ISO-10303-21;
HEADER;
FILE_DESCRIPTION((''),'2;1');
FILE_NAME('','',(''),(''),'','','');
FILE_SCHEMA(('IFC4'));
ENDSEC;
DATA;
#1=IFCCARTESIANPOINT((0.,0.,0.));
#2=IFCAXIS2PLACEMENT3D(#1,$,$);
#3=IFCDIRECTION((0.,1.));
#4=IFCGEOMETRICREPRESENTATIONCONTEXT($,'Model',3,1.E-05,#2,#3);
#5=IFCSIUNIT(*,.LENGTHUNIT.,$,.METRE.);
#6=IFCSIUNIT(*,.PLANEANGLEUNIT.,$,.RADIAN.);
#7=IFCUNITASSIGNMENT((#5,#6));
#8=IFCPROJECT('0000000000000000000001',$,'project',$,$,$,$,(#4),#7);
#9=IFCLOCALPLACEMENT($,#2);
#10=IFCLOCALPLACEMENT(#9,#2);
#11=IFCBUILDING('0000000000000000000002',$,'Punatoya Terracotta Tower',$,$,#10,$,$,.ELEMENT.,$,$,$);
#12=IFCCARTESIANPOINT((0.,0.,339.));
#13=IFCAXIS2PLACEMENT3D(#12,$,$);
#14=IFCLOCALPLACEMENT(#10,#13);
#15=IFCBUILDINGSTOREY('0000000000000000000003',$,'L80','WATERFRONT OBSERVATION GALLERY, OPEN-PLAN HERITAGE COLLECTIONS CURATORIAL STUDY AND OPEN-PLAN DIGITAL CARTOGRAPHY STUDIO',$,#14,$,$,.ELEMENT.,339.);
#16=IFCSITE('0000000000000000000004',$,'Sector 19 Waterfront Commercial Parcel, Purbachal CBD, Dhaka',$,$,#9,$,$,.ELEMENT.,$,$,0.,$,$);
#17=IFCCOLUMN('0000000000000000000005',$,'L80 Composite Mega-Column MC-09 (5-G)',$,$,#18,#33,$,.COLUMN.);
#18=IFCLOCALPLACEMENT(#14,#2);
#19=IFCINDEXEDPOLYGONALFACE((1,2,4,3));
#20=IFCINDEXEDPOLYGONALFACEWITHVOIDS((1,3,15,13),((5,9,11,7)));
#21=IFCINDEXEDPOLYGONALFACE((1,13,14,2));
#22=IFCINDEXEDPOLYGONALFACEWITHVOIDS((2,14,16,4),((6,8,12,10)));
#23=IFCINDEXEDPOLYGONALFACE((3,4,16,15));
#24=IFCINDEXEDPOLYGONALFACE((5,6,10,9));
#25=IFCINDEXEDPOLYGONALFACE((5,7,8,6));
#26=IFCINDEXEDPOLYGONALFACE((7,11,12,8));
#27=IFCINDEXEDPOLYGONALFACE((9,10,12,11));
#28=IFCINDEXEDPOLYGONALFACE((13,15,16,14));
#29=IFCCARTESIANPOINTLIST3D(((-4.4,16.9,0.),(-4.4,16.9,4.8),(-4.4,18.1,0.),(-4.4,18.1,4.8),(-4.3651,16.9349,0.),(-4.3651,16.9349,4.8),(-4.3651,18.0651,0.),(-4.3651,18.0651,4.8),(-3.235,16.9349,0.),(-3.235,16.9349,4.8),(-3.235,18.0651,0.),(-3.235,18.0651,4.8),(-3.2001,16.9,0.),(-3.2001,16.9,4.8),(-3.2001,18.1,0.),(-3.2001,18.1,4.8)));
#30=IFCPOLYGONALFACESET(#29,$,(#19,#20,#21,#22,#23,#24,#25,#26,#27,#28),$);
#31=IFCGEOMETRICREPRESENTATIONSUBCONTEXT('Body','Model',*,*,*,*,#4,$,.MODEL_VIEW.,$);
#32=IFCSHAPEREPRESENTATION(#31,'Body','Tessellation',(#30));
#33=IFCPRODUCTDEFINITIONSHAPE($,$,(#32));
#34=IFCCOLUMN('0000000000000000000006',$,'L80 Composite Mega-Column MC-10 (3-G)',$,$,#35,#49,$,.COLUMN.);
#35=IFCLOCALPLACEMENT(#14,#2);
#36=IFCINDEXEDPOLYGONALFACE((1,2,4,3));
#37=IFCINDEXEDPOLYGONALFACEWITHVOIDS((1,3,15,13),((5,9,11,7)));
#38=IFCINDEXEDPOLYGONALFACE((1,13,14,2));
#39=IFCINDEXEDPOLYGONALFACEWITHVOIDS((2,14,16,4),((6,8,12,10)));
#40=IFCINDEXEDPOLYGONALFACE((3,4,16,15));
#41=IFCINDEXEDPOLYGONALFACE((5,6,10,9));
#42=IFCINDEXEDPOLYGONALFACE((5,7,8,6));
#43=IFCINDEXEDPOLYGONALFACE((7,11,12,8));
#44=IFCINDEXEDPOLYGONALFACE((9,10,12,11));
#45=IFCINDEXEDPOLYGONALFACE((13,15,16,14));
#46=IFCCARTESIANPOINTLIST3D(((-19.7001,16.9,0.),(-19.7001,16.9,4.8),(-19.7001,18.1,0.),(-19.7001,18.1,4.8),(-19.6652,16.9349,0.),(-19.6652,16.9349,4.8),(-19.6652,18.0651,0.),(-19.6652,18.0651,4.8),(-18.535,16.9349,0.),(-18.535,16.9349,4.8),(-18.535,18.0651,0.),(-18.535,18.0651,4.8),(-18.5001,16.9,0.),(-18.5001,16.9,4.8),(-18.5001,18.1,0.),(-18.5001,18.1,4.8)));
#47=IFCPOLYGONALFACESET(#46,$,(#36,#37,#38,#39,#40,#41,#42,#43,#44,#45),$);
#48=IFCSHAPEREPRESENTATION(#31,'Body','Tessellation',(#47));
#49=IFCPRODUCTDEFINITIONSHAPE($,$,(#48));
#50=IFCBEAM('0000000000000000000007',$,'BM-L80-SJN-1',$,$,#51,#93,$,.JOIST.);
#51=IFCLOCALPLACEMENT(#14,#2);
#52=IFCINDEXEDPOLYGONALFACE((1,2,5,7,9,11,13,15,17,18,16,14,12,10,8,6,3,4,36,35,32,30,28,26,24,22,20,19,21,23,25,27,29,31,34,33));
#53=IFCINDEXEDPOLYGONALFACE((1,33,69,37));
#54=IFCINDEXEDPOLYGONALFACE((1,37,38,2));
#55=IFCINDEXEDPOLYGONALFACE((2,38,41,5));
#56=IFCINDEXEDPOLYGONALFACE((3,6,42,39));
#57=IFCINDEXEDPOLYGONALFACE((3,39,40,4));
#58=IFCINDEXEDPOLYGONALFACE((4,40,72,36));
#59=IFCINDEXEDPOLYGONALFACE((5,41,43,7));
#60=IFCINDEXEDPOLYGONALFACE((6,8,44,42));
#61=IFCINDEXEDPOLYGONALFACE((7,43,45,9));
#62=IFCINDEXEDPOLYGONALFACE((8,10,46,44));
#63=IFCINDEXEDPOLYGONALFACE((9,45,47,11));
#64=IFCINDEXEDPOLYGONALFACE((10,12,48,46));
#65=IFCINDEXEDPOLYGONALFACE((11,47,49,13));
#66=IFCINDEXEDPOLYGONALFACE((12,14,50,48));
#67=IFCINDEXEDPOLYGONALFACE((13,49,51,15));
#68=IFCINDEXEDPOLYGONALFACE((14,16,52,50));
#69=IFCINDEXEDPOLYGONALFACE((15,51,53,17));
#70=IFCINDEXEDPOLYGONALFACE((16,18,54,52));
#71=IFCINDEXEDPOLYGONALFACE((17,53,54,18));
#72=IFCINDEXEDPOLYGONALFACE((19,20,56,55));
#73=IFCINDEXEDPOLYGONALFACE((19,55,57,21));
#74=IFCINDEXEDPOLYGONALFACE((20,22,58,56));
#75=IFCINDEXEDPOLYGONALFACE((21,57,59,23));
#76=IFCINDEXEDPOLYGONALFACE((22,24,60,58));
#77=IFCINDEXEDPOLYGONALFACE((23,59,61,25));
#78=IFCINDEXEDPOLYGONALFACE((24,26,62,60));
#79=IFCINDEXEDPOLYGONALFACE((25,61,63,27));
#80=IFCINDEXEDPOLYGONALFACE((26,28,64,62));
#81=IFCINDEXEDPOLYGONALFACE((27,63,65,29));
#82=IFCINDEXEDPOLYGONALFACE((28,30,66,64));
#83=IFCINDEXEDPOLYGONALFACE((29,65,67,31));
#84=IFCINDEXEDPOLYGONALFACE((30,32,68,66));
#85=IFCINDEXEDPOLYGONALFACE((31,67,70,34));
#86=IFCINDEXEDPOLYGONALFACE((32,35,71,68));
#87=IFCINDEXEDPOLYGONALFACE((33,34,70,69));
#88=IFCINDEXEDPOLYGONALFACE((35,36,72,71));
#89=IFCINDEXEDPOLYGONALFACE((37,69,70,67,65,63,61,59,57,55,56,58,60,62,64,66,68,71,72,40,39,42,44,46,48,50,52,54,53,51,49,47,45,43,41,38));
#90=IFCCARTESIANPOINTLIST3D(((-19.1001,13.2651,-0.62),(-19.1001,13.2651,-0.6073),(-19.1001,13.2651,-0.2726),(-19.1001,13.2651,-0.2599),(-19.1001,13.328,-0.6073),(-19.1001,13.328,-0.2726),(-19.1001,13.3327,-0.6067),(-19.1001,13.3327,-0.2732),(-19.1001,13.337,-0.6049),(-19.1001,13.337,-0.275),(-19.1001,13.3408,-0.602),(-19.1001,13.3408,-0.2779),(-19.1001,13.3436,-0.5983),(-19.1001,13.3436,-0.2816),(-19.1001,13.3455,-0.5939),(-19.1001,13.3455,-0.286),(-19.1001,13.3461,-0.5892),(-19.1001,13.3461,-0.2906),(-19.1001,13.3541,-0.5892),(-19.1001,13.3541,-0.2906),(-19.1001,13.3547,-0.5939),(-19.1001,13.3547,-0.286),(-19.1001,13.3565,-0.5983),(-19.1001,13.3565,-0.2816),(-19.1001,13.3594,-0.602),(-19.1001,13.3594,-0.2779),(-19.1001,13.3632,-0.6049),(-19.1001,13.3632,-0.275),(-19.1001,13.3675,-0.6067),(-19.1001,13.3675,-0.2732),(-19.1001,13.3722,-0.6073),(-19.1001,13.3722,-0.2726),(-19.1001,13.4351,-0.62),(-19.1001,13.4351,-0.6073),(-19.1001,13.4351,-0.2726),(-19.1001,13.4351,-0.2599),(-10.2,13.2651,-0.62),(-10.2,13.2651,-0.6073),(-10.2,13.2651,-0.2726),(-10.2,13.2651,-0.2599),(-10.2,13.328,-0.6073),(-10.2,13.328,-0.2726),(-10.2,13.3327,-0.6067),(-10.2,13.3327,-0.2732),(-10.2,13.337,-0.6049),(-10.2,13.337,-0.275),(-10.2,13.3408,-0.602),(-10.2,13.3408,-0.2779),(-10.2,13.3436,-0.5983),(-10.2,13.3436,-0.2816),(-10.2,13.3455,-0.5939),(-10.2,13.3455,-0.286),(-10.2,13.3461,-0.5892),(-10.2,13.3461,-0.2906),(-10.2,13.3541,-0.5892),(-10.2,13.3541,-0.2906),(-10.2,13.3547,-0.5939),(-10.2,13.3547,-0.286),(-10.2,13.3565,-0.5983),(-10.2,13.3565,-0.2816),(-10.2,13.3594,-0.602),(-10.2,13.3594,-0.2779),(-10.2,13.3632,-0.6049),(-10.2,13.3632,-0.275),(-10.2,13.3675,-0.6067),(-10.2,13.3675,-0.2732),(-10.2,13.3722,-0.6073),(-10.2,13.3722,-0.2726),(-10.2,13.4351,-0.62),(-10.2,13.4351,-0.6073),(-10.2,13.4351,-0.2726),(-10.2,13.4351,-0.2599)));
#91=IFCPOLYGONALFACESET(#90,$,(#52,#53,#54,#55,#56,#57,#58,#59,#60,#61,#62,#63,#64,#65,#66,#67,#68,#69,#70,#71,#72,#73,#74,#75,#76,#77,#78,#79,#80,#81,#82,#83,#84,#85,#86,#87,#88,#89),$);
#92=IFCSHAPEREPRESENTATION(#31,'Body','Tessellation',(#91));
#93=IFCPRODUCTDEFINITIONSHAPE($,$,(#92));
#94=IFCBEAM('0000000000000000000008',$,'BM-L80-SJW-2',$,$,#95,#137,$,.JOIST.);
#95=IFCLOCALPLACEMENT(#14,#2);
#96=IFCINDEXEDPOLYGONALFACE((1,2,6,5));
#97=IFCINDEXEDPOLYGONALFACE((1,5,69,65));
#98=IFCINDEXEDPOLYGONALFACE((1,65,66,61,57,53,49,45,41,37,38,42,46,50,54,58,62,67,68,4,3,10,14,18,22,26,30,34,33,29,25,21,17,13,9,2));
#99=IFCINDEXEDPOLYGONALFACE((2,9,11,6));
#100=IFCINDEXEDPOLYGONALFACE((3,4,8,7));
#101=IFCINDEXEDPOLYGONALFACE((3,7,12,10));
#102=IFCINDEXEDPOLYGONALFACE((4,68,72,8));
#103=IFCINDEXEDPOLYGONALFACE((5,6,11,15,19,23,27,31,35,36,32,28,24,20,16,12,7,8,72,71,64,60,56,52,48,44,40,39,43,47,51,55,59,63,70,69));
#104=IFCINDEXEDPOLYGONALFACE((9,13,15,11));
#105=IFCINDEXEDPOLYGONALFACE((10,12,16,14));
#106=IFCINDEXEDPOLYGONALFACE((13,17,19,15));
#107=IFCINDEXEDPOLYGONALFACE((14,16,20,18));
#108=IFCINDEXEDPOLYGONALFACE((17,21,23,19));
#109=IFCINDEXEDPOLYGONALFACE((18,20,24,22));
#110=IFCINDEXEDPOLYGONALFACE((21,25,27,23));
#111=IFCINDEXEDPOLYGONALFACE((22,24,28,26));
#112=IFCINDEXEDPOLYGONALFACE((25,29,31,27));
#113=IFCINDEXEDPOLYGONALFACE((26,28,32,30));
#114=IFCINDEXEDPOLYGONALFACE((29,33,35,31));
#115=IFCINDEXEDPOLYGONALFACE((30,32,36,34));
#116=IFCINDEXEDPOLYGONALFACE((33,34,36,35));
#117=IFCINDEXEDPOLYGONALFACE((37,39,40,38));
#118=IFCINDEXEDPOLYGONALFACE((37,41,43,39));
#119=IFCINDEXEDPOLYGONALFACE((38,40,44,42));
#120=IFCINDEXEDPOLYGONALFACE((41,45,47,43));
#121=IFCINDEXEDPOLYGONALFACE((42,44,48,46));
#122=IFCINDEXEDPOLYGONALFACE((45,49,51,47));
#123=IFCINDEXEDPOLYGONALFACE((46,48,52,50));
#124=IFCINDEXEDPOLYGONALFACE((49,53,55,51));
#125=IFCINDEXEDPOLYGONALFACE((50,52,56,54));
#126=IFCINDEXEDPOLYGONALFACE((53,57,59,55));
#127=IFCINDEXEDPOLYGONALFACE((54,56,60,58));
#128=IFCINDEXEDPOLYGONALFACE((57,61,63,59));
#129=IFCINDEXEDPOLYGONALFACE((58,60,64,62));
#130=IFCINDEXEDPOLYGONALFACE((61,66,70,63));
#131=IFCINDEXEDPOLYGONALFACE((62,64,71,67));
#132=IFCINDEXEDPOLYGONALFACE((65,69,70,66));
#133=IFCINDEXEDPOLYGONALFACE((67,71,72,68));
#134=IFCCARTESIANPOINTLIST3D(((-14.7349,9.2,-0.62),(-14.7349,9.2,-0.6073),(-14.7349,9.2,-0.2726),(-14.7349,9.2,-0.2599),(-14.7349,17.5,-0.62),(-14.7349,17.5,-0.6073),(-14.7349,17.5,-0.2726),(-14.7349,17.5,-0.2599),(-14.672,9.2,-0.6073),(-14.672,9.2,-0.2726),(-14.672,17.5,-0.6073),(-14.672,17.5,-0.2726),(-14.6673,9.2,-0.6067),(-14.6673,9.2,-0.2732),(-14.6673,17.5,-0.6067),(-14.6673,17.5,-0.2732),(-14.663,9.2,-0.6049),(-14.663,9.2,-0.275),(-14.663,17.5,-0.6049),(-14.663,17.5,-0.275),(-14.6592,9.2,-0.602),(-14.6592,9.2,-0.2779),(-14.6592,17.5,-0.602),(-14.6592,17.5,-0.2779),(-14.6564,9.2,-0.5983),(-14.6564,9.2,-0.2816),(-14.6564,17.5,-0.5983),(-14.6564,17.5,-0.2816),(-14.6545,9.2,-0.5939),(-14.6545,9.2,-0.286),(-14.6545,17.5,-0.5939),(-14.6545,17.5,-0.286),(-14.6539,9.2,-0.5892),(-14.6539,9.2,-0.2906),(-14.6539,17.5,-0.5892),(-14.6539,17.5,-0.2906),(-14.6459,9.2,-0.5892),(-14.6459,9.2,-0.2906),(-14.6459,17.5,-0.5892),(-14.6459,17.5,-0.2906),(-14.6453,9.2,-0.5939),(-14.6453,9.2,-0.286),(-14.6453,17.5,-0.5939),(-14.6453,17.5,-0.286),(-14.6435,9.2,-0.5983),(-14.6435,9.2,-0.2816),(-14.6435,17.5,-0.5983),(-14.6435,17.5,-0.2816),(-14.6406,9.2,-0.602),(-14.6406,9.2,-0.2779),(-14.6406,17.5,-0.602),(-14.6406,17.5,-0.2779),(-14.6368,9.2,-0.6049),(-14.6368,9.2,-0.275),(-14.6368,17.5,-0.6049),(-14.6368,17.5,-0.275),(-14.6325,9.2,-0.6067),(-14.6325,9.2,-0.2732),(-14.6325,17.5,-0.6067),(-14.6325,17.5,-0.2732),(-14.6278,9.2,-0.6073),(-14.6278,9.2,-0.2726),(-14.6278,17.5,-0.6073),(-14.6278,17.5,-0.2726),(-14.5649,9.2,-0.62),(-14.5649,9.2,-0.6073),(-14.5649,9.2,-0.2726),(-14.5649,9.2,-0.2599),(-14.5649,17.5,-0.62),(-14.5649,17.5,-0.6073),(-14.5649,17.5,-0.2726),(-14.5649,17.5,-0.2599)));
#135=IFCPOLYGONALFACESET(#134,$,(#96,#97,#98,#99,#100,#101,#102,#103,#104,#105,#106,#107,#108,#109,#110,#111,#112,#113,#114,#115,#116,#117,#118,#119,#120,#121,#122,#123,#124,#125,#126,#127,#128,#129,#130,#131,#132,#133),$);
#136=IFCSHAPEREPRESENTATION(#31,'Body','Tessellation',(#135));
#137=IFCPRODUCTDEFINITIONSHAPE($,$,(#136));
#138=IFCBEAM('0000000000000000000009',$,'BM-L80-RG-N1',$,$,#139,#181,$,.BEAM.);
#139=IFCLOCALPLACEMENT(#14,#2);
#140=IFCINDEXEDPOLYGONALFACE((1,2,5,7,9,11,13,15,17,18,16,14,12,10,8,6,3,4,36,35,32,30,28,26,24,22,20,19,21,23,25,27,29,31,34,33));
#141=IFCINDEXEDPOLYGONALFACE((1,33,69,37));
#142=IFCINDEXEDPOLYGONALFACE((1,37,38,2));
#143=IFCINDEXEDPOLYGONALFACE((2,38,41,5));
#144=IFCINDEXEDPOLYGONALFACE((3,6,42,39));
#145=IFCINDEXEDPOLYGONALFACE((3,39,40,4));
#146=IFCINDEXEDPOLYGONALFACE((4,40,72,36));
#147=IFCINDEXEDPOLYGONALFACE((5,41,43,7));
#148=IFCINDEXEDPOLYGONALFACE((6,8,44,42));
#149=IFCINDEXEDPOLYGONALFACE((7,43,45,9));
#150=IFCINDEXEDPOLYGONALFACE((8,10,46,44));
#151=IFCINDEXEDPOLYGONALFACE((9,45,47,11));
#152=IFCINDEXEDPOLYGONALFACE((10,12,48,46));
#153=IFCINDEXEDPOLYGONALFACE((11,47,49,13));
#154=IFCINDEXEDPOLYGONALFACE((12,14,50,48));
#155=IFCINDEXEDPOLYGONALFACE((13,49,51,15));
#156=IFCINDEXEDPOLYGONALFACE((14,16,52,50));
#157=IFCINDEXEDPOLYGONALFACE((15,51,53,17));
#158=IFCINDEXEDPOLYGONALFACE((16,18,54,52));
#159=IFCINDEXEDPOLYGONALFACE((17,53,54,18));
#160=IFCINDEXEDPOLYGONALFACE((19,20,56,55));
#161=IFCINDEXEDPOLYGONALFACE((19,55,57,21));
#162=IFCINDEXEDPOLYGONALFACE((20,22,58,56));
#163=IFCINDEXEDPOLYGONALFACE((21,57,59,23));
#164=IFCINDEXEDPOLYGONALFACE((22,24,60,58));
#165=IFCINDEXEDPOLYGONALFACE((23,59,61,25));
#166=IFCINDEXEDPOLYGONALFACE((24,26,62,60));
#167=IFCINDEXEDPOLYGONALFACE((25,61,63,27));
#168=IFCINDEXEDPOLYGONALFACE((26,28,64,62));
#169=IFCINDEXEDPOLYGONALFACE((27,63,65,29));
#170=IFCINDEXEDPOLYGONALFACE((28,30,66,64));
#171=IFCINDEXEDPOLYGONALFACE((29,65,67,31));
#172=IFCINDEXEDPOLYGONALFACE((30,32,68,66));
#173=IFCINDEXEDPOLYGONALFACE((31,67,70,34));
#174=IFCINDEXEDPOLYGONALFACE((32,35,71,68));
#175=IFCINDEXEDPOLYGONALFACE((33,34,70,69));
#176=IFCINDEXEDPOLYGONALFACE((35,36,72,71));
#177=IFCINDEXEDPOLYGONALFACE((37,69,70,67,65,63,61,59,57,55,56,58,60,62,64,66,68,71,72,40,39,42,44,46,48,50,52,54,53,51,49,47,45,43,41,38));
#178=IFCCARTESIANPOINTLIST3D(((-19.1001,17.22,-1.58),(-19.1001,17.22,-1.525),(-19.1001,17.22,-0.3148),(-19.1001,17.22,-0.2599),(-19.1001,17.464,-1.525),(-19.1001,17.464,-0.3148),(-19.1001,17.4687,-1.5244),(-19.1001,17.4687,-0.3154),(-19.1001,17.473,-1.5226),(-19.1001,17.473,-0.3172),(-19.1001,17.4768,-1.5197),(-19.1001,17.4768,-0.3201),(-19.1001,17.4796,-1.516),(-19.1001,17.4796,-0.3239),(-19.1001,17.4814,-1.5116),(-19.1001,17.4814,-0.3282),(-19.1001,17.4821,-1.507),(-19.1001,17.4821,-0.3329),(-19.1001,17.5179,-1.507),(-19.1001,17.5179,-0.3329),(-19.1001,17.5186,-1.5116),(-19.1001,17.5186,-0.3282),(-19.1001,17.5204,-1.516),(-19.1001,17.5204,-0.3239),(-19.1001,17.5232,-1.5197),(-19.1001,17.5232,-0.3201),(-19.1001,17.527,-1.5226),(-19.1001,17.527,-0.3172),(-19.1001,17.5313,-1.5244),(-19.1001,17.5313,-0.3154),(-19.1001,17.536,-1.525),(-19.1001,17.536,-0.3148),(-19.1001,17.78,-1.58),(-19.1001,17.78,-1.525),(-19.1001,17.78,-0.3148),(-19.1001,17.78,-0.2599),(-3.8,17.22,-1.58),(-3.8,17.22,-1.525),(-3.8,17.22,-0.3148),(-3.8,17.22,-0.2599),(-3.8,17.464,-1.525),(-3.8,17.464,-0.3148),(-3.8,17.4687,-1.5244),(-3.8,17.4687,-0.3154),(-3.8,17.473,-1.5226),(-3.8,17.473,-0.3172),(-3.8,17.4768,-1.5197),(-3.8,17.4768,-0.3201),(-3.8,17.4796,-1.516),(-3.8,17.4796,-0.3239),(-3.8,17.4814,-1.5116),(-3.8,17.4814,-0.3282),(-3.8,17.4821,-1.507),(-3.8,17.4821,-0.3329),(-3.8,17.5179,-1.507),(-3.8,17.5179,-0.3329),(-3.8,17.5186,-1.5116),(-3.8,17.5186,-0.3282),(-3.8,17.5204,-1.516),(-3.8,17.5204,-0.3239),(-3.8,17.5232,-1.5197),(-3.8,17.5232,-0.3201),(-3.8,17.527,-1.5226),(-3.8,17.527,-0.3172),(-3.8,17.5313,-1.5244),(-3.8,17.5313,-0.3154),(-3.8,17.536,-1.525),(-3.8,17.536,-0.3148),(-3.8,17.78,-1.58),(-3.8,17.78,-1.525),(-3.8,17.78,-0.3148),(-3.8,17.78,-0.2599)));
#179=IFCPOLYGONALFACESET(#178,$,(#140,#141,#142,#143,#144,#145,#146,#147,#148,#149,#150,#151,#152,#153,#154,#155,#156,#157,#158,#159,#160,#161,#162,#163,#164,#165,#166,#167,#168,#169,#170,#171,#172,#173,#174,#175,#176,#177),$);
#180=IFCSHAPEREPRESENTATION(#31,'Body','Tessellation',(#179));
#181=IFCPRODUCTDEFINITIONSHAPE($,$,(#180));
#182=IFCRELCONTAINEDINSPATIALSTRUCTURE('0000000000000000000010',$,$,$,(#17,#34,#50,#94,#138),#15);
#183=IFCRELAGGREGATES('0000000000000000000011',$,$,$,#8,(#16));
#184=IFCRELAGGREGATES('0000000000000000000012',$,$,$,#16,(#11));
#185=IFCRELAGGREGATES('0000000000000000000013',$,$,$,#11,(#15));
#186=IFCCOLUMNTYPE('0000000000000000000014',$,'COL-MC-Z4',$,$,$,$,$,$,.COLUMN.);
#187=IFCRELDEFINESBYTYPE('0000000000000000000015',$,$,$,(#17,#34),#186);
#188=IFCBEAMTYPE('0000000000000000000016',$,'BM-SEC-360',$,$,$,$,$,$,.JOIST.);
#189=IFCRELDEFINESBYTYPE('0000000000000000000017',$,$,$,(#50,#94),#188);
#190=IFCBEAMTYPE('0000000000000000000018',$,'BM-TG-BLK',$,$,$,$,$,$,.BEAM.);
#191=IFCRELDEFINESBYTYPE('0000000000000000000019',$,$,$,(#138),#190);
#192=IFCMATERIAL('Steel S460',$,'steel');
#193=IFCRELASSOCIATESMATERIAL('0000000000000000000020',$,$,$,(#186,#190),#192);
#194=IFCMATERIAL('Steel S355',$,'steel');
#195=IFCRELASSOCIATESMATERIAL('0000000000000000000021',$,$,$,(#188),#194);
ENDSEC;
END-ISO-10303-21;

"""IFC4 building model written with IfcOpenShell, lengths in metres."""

from ifc_helpers import new_model, si_unit, direction, frame, origin, origin_2d, place, context, subcontext, project, spatial, hollow_rectangle, i_section, extrude, material, material_profile, profile_set, type_object, element, save


model = new_model("IFC4")

# Units and contexts
model_context = context("Model", 3, precision=1e-05, world=origin(), true_north=direction((0.0, 1.0)))
body_context = subcontext(model_context, "Body", "Model", "MODEL_VIEW")
ifc_project = project(units=[si_unit("LENGTHUNIT", "METRE"), si_unit("PLANEANGLEUNIT", "RADIAN")], contexts=[model_context])

# Site, building, storey
site_placement = place(None, origin())
site = spatial("IfcSite", under=ifc_project, at=site_placement, Name="Sector 19 Waterfront Commercial Parcel, Purbachal CBD, Dhaka", CompositionType="ELEMENT", RefElevation=0.0)
building_placement = place(site_placement, origin())
building = spatial("IfcBuilding", under=site, at=building_placement, Name="Punatoya Terracotta Tower", CompositionType="ELEMENT")
storey_placement = place(building_placement, frame((0.0, 0.0, 339.0)))
storey = spatial("IfcBuildingStorey", under=building, at=storey_placement, Name="L80", Description="WATERFRONT OBSERVATION GALLERY, OPEN-PLAN HERITAGE COLLECTIONS CURATORIAL STUDY AND OPEN-PLAN DIGITAL CARTOGRAPHY STUDIO", CompositionType="ELEMENT", Elevation=339.0)

# Columns
ifc_material_1 = material(Name="Steel S460", Category="steel")
ifc_material_profile_1 = material_profile(ifc_material_1, hollow_rectangle(XDim=1.2, YDim=1.2, WallThickness=0.0349, at=origin_2d()))
ifc_profile_set_1 = profile_set([ifc_material_profile_1], Name="Steel S460")
column_type = type_object("IfcColumnType", Name="COL-MC-Z4", PredefinedType="COLUMN", material=ifc_profile_set_1)
for number, where, z_axis, x_axis, name in (
    (1, (-3.8, 17.5, 0.0), (0.0, 0.0, 1.0), (1.0, 0.0, 0.0), "L80 Composite Mega-Column MC-09 (5-G)"),
    (2, (-19.1001, 17.5, 0.0), (0.0, 0.0, 1.0), (1.0, 0.0, 0.0), "L80 Composite Mega-Column MC-10 (3-G)"),
):
    element("IfcColumn", number, at=place(storey_placement, frame(where, z_axis=z_axis, x_axis=x_axis)), inside=storey, type_object=column_type, Name=name, PredefinedType="COLUMN", context=body_context, shape_type="SweptSolid", body=[
        extrude(hollow_rectangle(XDim=1.2, YDim=1.2, WallThickness=0.0349, at=origin_2d()), origin(), (0.0, 0.0, 1.0), 4.8),
    ])

# Beams
ifc_material_2 = material(Name="Steel S355", Category="steel")
ifc_material_profile_2 = material_profile(ifc_material_2, i_section(OverallWidth=0.1699, OverallDepth=0.3601, WebThickness=0.0081, FlangeThickness=0.0127, FilletRadius=0.0181, at=origin_2d()))
ifc_profile_set_2 = profile_set([ifc_material_profile_2], Name="Steel S355")
beam_type_1 = type_object("IfcBeamType", Name="BM-SEC-360", PredefinedType="JOIST", material=ifc_profile_set_2)
beam_1_placement = place(storey_placement, frame((-19.1001, 13.3501, -0.4399), z_axis=(1.0, 0.0, 0.0), x_axis=(0.0, 1.0, 0.0)))
element("IfcBeam", 3, at=beam_1_placement, inside=storey, type_object=beam_type_1, Name="BM-L80-SJN-1", PredefinedType="JOIST", context=body_context, shape_type="SweptSolid", body=[
    extrude(i_section(OverallWidth=0.1699, OverallDepth=0.3601, WebThickness=0.0081, FlangeThickness=0.0127, FilletRadius=0.0181, at=origin_2d()), origin(), (0.0, 0.0, 1.0), 8.9001),
])
beam_2_placement = place(storey_placement, frame((-14.6499, 9.2, -0.4399), z_axis=(0.0, 1.0, 0.0), x_axis=(-1.0, 0.0, 0.0)))
element("IfcBeam", 4, at=beam_2_placement, inside=storey, type_object=beam_type_1, Name="BM-L80-SJW-2", PredefinedType="JOIST", context=body_context, shape_type="SweptSolid", body=[
    extrude(i_section(OverallWidth=0.1699, OverallDepth=0.3601, WebThickness=0.0081, FlangeThickness=0.0127, FilletRadius=0.0181, at=origin_2d()), origin(), (0.0, 0.0, 1.0), 8.3),
])
ifc_material_profile_3 = material_profile(ifc_material_1, i_section(OverallWidth=0.5601, OverallDepth=1.3201, WebThickness=0.0359, FlangeThickness=0.0549, FilletRadius=0.0181, at=origin_2d()))
ifc_profile_set_3 = profile_set([ifc_material_profile_3], Name="Steel S460")
beam_type_2 = type_object("IfcBeamType", Name="BM-TG-BLK", PredefinedType="BEAM", material=ifc_profile_set_3)
beam_3_placement = place(storey_placement, frame((-19.1001, 17.5, -0.9199), z_axis=(1.0, 0.0, 0.0), x_axis=(0.0, 1.0, 0.0)))
element("IfcBeam", 5, at=beam_3_placement, inside=storey, type_object=beam_type_2, Name="BM-L80-RG-N1", PredefinedType="BEAM", context=body_context, shape_type="SweptSolid", body=[
    extrude(i_section(OverallWidth=0.5601, OverallDepth=1.3201, WebThickness=0.0359, FlangeThickness=0.0549, FilletRadius=0.0181, at=origin_2d()), origin(), (0.0, 0.0, 1.0), 15.3),
])

save(model, "model.ifc")
